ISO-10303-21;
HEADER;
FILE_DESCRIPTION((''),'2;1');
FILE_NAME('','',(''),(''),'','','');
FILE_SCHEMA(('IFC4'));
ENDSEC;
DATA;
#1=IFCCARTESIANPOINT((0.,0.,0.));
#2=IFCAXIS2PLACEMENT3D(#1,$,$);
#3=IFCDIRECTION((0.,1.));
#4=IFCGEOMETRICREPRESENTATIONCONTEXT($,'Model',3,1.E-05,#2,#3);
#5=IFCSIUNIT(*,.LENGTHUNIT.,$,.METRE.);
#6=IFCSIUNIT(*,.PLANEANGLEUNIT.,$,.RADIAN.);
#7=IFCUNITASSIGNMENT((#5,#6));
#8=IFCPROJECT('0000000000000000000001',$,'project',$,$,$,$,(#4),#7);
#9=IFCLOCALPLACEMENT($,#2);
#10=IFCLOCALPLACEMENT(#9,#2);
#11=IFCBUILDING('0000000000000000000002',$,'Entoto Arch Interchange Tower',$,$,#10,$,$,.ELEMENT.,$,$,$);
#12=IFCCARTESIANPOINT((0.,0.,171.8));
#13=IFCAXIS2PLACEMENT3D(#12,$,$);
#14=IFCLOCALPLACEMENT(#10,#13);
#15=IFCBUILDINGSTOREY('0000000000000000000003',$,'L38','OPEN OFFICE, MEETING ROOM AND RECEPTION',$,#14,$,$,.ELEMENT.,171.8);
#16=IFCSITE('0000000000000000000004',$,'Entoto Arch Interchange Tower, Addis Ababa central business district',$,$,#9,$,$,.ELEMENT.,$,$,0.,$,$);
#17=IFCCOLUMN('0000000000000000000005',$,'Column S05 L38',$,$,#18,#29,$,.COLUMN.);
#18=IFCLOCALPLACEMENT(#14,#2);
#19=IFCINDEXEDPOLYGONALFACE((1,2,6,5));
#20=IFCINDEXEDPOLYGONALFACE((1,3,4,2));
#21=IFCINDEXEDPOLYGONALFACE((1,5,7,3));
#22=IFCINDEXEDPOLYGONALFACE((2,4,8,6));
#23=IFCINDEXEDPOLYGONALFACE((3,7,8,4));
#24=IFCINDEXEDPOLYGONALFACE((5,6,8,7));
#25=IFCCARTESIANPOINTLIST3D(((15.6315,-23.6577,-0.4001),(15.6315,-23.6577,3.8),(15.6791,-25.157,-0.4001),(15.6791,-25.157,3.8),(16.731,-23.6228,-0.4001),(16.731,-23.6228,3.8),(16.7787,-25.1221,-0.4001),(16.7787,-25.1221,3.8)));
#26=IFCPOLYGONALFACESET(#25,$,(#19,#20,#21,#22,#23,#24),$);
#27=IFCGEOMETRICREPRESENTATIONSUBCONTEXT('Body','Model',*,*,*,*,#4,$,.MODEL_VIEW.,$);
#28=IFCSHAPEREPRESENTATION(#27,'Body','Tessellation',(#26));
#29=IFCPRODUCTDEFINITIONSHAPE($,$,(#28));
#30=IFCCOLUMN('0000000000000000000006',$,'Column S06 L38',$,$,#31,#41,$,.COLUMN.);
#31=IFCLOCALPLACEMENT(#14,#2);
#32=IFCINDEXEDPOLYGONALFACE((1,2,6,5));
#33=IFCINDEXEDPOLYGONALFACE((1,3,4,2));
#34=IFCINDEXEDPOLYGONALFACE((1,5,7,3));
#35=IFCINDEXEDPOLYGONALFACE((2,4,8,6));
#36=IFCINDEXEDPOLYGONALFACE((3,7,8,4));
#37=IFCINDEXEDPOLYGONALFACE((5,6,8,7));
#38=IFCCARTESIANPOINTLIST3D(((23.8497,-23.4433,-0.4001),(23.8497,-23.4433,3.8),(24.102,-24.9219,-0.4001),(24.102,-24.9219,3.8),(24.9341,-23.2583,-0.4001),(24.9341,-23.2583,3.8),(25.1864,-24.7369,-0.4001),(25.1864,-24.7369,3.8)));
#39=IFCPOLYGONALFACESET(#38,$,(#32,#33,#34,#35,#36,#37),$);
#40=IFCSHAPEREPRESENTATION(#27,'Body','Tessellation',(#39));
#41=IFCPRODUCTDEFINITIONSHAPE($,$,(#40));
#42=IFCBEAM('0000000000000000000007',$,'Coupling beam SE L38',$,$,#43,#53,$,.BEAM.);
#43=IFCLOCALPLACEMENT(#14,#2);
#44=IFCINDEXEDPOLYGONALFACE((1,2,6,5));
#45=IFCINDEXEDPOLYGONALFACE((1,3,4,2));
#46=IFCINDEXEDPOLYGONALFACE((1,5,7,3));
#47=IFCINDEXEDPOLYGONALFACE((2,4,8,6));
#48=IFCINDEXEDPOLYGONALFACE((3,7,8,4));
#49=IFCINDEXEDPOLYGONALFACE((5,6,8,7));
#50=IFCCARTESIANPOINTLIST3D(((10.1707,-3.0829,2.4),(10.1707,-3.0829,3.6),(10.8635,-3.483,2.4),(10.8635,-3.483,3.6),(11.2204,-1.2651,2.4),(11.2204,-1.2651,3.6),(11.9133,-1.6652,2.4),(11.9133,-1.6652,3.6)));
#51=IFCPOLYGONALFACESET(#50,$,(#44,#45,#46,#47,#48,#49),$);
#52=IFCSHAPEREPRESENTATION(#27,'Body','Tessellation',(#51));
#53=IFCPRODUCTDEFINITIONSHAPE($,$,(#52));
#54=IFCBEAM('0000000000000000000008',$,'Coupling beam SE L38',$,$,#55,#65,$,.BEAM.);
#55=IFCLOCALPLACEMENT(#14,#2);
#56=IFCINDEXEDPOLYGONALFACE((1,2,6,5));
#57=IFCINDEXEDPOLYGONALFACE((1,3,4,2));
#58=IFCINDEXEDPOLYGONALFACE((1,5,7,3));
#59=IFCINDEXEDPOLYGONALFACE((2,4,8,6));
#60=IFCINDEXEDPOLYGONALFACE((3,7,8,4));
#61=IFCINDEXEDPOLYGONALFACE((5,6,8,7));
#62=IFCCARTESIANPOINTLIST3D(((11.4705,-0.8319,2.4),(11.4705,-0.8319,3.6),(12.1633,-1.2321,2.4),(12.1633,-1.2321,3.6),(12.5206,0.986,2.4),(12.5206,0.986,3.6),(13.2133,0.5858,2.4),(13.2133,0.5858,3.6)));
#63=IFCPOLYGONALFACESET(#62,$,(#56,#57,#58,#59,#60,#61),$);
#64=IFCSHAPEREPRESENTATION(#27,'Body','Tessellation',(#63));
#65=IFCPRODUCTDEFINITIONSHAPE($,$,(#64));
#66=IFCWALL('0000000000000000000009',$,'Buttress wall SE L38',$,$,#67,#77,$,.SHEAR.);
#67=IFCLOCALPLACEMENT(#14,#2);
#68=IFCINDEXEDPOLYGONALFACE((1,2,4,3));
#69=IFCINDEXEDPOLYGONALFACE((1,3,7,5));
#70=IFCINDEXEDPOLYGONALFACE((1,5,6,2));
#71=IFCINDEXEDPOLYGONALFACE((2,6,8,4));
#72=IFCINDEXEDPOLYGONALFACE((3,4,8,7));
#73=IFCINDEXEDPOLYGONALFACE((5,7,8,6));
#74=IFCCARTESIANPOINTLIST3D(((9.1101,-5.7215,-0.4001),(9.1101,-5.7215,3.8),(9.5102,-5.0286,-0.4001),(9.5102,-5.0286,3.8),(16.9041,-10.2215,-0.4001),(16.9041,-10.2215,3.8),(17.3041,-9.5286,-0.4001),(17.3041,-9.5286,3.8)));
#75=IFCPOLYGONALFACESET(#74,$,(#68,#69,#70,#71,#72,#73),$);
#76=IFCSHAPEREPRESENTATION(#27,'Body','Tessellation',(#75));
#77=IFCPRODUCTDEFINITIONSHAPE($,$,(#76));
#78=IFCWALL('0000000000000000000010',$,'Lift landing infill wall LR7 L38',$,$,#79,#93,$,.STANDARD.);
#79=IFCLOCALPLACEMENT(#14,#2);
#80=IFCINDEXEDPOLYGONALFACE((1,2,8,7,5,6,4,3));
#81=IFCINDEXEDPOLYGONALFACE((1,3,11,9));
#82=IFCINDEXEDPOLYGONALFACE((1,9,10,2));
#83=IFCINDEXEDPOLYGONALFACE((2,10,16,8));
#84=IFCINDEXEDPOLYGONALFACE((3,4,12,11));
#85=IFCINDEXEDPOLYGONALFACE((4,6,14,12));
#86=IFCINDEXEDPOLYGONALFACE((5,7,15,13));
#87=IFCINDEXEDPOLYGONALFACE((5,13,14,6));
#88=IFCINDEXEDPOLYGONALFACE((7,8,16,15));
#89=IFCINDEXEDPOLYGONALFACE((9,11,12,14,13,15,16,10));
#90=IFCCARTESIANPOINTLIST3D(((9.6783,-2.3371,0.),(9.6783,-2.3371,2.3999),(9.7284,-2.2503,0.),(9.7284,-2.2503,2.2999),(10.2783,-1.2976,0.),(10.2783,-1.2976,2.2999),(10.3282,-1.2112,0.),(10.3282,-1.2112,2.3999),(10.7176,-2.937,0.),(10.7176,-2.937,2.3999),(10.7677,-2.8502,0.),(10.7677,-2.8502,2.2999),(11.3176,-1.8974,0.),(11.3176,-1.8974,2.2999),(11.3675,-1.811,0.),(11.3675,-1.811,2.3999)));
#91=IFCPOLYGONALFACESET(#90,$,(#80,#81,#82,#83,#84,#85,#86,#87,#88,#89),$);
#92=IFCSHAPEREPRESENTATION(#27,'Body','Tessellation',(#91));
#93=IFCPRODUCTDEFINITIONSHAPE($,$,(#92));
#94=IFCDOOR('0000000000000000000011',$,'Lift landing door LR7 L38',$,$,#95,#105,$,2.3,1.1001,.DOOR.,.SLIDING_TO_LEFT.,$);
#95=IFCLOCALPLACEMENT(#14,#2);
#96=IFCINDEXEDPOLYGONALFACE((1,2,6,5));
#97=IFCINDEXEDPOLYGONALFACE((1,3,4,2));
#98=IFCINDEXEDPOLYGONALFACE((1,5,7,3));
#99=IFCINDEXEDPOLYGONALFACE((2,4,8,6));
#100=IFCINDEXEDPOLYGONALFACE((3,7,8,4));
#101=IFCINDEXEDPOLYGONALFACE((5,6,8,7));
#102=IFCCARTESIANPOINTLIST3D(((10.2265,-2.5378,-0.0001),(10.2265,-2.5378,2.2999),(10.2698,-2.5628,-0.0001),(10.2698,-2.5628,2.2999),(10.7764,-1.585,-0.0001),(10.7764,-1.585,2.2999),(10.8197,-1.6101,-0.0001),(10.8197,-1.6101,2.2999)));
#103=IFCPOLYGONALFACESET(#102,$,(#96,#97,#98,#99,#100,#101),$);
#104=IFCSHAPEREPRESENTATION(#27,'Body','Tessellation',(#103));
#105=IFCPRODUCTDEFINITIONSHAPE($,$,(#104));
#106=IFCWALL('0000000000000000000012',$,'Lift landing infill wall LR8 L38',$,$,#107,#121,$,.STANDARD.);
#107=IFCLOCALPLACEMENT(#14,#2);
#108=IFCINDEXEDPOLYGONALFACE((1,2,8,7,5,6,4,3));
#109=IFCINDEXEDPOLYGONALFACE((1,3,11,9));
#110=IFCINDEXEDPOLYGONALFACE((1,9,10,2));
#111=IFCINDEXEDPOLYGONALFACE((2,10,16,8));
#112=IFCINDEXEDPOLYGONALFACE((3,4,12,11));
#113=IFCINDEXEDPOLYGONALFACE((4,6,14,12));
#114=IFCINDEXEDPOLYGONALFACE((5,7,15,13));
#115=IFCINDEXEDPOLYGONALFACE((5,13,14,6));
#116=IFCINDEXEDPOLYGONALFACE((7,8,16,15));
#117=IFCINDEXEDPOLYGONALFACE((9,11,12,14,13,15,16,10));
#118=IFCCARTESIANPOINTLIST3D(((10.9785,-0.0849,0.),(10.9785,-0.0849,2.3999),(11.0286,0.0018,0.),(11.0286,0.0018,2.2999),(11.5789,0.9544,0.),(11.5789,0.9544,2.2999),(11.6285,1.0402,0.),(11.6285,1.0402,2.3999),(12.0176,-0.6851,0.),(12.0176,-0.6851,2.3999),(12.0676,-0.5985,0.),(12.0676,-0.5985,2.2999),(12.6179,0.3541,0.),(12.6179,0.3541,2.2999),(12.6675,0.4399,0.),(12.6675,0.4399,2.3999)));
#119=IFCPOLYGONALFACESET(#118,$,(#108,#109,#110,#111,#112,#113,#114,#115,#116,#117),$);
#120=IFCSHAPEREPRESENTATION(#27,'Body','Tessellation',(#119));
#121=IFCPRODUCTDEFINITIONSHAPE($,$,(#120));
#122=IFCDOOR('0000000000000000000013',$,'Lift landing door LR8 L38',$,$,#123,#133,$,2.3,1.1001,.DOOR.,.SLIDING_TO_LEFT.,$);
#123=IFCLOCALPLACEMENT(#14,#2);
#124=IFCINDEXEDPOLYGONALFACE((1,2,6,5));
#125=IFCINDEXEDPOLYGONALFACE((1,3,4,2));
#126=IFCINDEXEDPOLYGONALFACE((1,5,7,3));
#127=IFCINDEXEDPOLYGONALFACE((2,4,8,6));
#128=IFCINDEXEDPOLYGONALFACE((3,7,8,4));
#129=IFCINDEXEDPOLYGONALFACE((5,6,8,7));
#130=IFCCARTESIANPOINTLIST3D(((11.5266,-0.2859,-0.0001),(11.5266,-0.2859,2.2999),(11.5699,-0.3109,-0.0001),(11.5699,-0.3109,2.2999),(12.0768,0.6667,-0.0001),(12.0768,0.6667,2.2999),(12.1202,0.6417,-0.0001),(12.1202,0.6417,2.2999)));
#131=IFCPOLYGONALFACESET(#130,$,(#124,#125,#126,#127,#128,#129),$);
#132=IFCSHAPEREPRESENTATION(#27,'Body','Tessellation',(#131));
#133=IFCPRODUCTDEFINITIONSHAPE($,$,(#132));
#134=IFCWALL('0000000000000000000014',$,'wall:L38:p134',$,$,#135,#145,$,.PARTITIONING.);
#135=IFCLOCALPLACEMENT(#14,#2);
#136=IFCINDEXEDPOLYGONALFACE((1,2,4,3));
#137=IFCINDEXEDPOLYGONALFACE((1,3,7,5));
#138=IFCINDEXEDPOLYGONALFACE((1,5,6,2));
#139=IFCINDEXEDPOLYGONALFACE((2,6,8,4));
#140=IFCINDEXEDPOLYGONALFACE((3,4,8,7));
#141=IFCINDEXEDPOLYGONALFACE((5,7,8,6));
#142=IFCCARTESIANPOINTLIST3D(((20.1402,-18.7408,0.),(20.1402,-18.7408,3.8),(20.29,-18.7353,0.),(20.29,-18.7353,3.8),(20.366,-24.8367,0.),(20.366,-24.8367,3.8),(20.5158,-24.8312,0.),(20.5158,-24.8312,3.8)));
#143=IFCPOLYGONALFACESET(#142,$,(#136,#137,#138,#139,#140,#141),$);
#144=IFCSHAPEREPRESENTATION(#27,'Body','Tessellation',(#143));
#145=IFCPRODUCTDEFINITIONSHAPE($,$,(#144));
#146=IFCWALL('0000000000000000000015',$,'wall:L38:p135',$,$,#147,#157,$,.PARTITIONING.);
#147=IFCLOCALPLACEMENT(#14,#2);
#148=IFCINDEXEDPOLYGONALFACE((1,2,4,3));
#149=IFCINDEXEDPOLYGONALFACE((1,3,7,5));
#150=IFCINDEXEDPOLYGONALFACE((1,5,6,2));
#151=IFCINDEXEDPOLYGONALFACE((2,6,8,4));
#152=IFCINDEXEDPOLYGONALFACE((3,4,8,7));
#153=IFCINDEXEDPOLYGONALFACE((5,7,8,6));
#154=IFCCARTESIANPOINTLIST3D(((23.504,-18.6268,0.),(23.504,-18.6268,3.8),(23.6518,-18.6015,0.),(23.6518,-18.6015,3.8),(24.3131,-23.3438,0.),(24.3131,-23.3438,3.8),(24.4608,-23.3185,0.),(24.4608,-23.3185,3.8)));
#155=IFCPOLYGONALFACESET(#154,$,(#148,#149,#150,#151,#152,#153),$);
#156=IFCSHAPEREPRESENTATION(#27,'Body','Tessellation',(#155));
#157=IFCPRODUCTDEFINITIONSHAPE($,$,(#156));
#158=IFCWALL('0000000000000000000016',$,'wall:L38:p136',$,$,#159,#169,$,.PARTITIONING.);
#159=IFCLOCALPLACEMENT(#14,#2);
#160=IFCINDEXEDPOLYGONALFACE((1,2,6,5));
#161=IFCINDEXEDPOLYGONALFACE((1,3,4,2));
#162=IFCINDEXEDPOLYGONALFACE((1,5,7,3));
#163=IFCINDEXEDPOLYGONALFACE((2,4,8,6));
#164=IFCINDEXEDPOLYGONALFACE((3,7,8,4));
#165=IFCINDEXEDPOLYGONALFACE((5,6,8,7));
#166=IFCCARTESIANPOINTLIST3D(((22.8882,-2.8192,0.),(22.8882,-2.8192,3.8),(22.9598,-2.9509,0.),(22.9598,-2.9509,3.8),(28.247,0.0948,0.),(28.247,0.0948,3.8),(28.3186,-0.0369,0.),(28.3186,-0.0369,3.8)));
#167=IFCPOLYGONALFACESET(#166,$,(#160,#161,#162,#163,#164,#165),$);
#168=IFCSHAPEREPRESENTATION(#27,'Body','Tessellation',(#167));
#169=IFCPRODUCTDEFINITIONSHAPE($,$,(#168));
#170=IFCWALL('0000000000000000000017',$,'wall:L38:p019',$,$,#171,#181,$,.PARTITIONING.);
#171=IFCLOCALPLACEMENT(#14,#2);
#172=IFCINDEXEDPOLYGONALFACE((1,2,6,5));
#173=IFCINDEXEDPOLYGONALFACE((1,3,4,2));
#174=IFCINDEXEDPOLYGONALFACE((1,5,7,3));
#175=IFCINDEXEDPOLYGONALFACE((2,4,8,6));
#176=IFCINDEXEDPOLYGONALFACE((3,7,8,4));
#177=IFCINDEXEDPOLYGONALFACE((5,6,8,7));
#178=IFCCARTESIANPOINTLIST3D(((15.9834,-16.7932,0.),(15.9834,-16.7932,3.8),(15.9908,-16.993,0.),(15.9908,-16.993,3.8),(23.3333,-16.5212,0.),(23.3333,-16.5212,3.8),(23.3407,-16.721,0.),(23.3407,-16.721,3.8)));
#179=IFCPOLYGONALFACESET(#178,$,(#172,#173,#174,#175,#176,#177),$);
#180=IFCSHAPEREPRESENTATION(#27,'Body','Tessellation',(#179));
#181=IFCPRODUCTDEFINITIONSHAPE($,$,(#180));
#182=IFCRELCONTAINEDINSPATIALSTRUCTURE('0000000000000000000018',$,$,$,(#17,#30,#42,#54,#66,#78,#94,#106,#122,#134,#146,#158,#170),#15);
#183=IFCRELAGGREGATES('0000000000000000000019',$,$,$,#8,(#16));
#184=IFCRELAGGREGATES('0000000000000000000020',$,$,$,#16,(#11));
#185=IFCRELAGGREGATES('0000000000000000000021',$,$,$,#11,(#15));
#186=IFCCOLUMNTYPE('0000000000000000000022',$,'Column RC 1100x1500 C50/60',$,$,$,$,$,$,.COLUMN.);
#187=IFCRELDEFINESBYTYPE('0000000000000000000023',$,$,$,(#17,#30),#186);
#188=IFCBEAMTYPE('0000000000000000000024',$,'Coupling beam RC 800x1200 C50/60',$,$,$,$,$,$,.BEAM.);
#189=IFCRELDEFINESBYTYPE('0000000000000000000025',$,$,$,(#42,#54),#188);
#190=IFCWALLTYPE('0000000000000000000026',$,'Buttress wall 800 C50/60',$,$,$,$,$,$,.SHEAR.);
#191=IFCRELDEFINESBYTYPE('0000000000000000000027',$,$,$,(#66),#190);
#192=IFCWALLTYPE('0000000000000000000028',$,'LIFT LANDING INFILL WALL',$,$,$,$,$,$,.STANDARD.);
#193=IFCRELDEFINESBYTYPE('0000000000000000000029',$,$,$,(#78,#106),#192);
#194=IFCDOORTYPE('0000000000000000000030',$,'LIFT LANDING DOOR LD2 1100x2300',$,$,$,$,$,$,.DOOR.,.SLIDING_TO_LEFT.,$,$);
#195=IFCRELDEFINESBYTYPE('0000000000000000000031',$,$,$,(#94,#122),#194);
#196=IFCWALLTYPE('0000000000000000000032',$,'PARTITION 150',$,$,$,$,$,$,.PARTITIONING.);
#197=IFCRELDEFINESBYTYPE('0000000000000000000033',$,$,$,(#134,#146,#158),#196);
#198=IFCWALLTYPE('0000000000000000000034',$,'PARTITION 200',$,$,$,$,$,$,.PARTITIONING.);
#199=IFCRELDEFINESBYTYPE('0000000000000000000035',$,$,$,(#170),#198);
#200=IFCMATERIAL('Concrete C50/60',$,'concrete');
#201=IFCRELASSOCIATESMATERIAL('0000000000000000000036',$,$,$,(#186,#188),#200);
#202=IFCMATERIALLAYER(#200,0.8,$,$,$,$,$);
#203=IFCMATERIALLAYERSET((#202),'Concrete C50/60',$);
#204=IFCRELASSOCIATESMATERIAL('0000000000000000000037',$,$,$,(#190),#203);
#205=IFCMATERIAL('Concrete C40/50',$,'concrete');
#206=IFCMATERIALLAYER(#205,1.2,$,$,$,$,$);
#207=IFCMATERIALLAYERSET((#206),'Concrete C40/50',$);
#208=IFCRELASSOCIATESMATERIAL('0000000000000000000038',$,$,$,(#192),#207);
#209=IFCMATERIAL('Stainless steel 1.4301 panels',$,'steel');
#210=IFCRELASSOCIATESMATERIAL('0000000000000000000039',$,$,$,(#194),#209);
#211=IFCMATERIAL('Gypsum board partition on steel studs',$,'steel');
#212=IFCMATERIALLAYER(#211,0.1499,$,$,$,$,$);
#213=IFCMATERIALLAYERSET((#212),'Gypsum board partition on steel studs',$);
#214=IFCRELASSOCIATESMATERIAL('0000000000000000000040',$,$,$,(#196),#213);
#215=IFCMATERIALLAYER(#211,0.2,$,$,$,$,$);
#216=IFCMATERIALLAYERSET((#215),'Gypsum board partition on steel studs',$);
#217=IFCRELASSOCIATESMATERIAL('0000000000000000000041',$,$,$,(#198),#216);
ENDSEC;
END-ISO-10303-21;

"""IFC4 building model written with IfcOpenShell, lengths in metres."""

from ifc_helpers import new_model, si_unit, direction, frame, frame_2d, origin, origin_2d, place, context, subcontext, project, spatial, rectangle, extrude, material, layer, layer_set, material_profile, profile_set, type_object, element, fill, save


model = new_model("IFC4")

# Units and contexts
model_context = context("Model", 3, precision=1e-05, world=origin(), true_north=direction((0.0, 1.0)))
body_context = subcontext(model_context, "Body", "Model", "MODEL_VIEW")
ifc_project = project(units=[si_unit("LENGTHUNIT", "METRE"), si_unit("PLANEANGLEUNIT", "RADIAN")], contexts=[model_context])

# Site, building, storey
site_placement = place(None, origin())
site = spatial("IfcSite", under=ifc_project, at=site_placement, Name="Entoto Arch Interchange Tower, Addis Ababa central business district", CompositionType="ELEMENT", RefElevation=0.0)
building_placement = place(site_placement, origin())
building = spatial("IfcBuilding", under=site, at=building_placement, Name="Entoto Arch Interchange Tower", CompositionType="ELEMENT")
storey_placement = place(building_placement, frame((0.0, 0.0, 171.8)))
storey = spatial("IfcBuildingStorey", under=building, at=storey_placement, Name="L38", Description="OPEN OFFICE, MEETING ROOM AND RECEPTION", CompositionType="ELEMENT", Elevation=171.8)

# Columns
ifc_material_1 = material(Name="Concrete C50/60", Category="concrete")
ifc_material_profile_1 = material_profile(ifc_material_1, rectangle(XDim=1.1001, YDim=1.5, at=origin_2d()))
ifc_profile_set_1 = profile_set([ifc_material_profile_1], Name="Concrete C50/60")
column_type = type_object("IfcColumnType", Name="Column RC 1100x1500 C50/60", PredefinedType="COLUMN", material=ifc_profile_set_1)
for number, where, z_axis, x_axis, name in (
    (1, (16.2051, -24.3899, -0.4001), (0.0, 0.0, 1.0), (0.999496, 0.031742, 0.0), "Column S05 L38"),
    (2, (24.5181, -24.0901, -0.4001), (0.0, 0.0, 1.0), (0.985753, 0.168197, 0.0), "Column S06 L38"),
):
    element("IfcColumn", number, at=place(storey_placement, frame(where, z_axis=z_axis, x_axis=x_axis)), inside=storey, type_object=column_type, Name=name, PredefinedType="COLUMN", context=body_context, shape_type="SweptSolid", body=[
        extrude(rectangle(XDim=1.1001, YDim=1.5, at=origin_2d()), origin(), (0.0, 0.0, 1.0), 4.2002),
    ])

# Beams
ifc_material_profile_2 = material_profile(ifc_material_1, rectangle(XDim=0.8, YDim=1.2, at=origin_2d()))
ifc_profile_set_2 = profile_set([ifc_material_profile_2], Name="Concrete C50/60")
beam_type = type_object("IfcBeamType", Name="Coupling beam RC 800x1200 C50/60", PredefinedType="BEAM", material=ifc_profile_set_2)
beam_1_placement = place(storey_placement, frame((10.5171, -3.283, 3.0), z_axis=(0.500092, 0.865973, 0.0), x_axis=(-0.865973, 0.500092, 0.0)))
element("IfcBeam", 3, at=beam_1_placement, inside=storey, type_object=beam_type, Name="Coupling beam SE L38", PredefinedType="BEAM", context=body_context, shape_type="SweptSolid", body=[
    extrude(rectangle(XDim=0.8, YDim=1.2, at=origin_2d()), origin(), (0.0, 0.0, 1.0), 2.0991),
])
beam_2_placement = place(storey_placement, frame((11.8169, -1.032, 3.0), z_axis=(0.500179, 0.865922, 0.0), x_axis=(-0.865922, 0.500179, 0.0)))
element("IfcBeam", 4, at=beam_2_placement, inside=storey, type_object=beam_type, Name="Coupling beam SE L38", PredefinedType="BEAM", context=body_context, shape_type="SweptSolid", body=[
    extrude(rectangle(XDim=0.8, YDim=1.2, at=origin_2d()), origin(), (0.0, 0.0, 1.0), 2.0994),
])

# Wall
ifc_layer_1 = layer(ifc_material_1, 0.8)
ifc_layer_set_1 = layer_set([ifc_layer_1], Name="Concrete C50/60")
wall_type_1 = type_object("IfcWallType", Name="Buttress wall 800 C50/60", PredefinedType="SHEAR", material=ifc_layer_set_1)
wall_1_placement = place(storey_placement, frame((9.3101, -5.375, -0.4001), z_axis=(0.0, 0.0, 1.0), x_axis=(0.866018, -0.500014, 0.0)))
element("IfcWall", 5, at=wall_1_placement, inside=storey, type_object=wall_type_1, Name="Buttress wall SE L38", PredefinedType="SHEAR", context=body_context, shape_type="SweptSolid", body=[
    extrude(rectangle(XDim=8.9998, YDim=0.8, at=frame_2d((4.5, 0.0))), origin(), (0.0, 0.0, 1.0), 4.2002),
])

# Walls, openings, doors
ifc_material_2 = material(Name="Concrete C40/50", Category="concrete")
ifc_layer_2 = layer(ifc_material_2, 1.2)
ifc_layer_set_2 = layer_set([ifc_layer_2], Name="Concrete C40/50")
wall_type_2 = type_object("IfcWallType", Name="LIFT LANDING INFILL WALL", PredefinedType="STANDARD", material=ifc_layer_set_2)
wall_2_placement = place(storey_placement, frame((10.198, -2.637, 0.0), z_axis=(0.0, 0.0, 1.0), x_axis=(0.499896, 0.866086, 0.0)))
wall_2 = element("IfcWall", 6, at=wall_2_placement, inside=storey, type_object=wall_type_2, Name="Lift landing infill wall LR7 L38", PredefinedType="STANDARD", context=body_context, shape_type="SweptSolid", body=[
    extrude(rectangle(XDim=1.3, YDim=1.2, at=frame_2d((0.6499, 0.0))), origin(), (0.0, 0.0, 1.0), 2.3999),
])
opening_1_placement = place(wall_2_placement, frame((0.1001, 0.0, 0.0)))
opening_1 = element("IfcOpeningElement", 7, at=opening_1_placement, cuts=wall_2, PredefinedType="OPENING", context=body_context, shape_type="SweptSolid", body=[
    extrude(rectangle(XDim=1.1001, YDim=2.3, at=frame_2d((0.55, 1.1499))), frame((0.0, 0.6099, 0.0), z_axis=(0.0, -1.0, 0.0), x_axis=(1.0, 0.0, 0.0)), (0.0, 0.0, 1.0), 1.22),
])
ifc_material_3 = material(Name="Stainless steel 1.4301 panels", Category="steel")
door_type_1 = type_object("IfcDoorType", Name="LIFT LANDING DOOR LD2 1100x2300", OperationType="SLIDING_TO_LEFT", PredefinedType="DOOR", material=ifc_material_3)
door_1_placement = place(opening_1_placement, origin())
door_1 = element("IfcDoor", 8, at=door_1_placement, inside=storey, type_object=door_type_1, Name="Lift landing door LR7 L38", OperationType="SLIDING_TO_LEFT", OverallHeight=2.3, OverallWidth=1.1001, PredefinedType="DOOR", context=body_context, shape_type="SweptSolid", body=[
    extrude(rectangle(XDim=1.1001, YDim=2.3, at=frame_2d((0.55, 1.1499))), frame((0.0, 0.0249, 0.0), z_axis=(0.0, -1.0, 0.0), x_axis=(1.0, 0.0, 0.0)), (0.0, 0.0, 1.0), 0.05),
])
fill(opening_1, door_1)
wall_3_placement = place(storey_placement, frame((11.498, -0.385, 0.0), z_axis=(0.0, 0.0, 1.0), x_axis=(0.500221, 0.865898, 0.0)))
wall_3 = element("IfcWall", 9, at=wall_3_placement, inside=storey, type_object=wall_type_2, Name="Lift landing infill wall LR8 L38", PredefinedType="STANDARD", context=body_context, shape_type="SweptSolid", body=[
    extrude(rectangle(XDim=1.2993, YDim=1.2, at=frame_2d((0.6497, 0.0))), origin(), (0.0, 0.0, 1.0), 2.3999),
])
opening_2_placement = place(wall_3_placement, frame((0.1001, 0.0, 0.0)))
opening_2 = element("IfcOpeningElement", 10, at=opening_2_placement, cuts=wall_3, PredefinedType="OPENING", context=body_context, shape_type="SweptSolid", body=[
    extrude(rectangle(XDim=1.1001, YDim=2.3, at=frame_2d((0.55, 1.1499))), frame((0.0, 0.6099, 0.0), z_axis=(0.0, -1.0, 0.0), x_axis=(1.0, 0.0, 0.0)), (0.0, 0.0, 1.0), 1.22),
])
door_2_placement = place(opening_2_placement, origin())
door_2 = element("IfcDoor", 11, at=door_2_placement, inside=storey, type_object=door_type_1, Name="Lift landing door LR8 L38", OperationType="SLIDING_TO_LEFT", OverallHeight=2.3, OverallWidth=1.1001, PredefinedType="DOOR", context=body_context, shape_type="SweptSolid", body=[
    extrude(rectangle(XDim=1.1001, YDim=2.3, at=frame_2d((0.55, 1.1499))), frame((0.0, 0.0249, 0.0), z_axis=(0.0, -1.0, 0.0), x_axis=(1.0, 0.0, 0.0)), (0.0, 0.0, 1.0), 0.05),
])
fill(opening_2, door_2)

# Walls
ifc_material_4 = material(Name="Gypsum board partition on steel studs", Category="steel")
ifc_layer_3 = layer(ifc_material_4, 0.1499)
ifc_layer_set_3 = layer_set([ifc_layer_3], Name="Gypsum board partition on steel studs")
wall_type_3 = type_object("IfcWallType", Name="PARTITION 150", PredefinedType="PARTITIONING", material=ifc_layer_set_3)
wall_4_placement = place(storey_placement, frame((20.2151, -18.738, 0.0), z_axis=(0.0, 0.0, 1.0), x_axis=(0.037021, -0.999315, 0.0)))
element("IfcWall", 12, at=wall_4_placement, inside=storey, type_object=wall_type_3, Name="wall:L38:p134", PredefinedType="PARTITIONING", context=body_context, shape_type="SweptSolid", body=[
    extrude(rectangle(XDim=6.1001, YDim=0.1499, at=frame_2d((3.05, 0.0))), origin(), (0.0, 0.0, 1.0), 3.8),
])
wall_5_placement = place(storey_placement, frame((23.5779, -18.614, 0.0), z_axis=(0.0, 0.0, 1.0), x_axis=(0.169054, -0.985607, 0.0)))
element("IfcWall", 13, at=wall_5_placement, inside=storey, type_object=wall_type_3, Name="wall:L38:p135", PredefinedType="PARTITIONING", context=body_context, shape_type="SweptSolid", body=[
    extrude(rectangle(XDim=4.7859, YDim=0.1499, at=frame_2d((2.3931, 0.0))), origin(), (0.0, 0.0, 1.0), 3.8),
])
wall_6_placement = place(storey_placement, frame((22.9241, -2.885, 0.0), z_axis=(0.0, 0.0, 1.0), x_axis=(0.878513, 0.477719, 0.0)))
element("IfcWall", 14, at=wall_6_placement, inside=storey, type_object=wall_type_3, Name="wall:L38:p136", PredefinedType="PARTITIONING", context=body_context, shape_type="SweptSolid", body=[
    extrude(rectangle(XDim=6.0999, YDim=0.1499, at=frame_2d((3.0498, 0.0))), origin(), (0.0, 0.0, 1.0), 3.8),
])
ifc_layer_4 = layer(ifc_material_4, 0.2)
ifc_layer_set_4 = layer_set([ifc_layer_4], Name="Gypsum board partition on steel studs")
wall_type_4 = type_object("IfcWallType", Name="PARTITION 200", PredefinedType="PARTITIONING", material=ifc_layer_set_4)
wall_7_placement = place(storey_placement, frame((15.9871, -16.8931, 0.0), z_axis=(0.0, 0.0, 1.0), x_axis=(0.999316, 0.036979, 0.0)))
element("IfcWall", 15, at=wall_7_placement, inside=storey, type_object=wall_type_4, Name="wall:L38:p019", PredefinedType="PARTITIONING", context=body_context, shape_type="SweptSolid", body=[
    extrude(rectangle(XDim=7.355, YDim=0.2, at=frame_2d((3.6775, 0.0))), origin(), (0.0, 0.0, 1.0), 3.8),
])

save(model, "model.ifc")
